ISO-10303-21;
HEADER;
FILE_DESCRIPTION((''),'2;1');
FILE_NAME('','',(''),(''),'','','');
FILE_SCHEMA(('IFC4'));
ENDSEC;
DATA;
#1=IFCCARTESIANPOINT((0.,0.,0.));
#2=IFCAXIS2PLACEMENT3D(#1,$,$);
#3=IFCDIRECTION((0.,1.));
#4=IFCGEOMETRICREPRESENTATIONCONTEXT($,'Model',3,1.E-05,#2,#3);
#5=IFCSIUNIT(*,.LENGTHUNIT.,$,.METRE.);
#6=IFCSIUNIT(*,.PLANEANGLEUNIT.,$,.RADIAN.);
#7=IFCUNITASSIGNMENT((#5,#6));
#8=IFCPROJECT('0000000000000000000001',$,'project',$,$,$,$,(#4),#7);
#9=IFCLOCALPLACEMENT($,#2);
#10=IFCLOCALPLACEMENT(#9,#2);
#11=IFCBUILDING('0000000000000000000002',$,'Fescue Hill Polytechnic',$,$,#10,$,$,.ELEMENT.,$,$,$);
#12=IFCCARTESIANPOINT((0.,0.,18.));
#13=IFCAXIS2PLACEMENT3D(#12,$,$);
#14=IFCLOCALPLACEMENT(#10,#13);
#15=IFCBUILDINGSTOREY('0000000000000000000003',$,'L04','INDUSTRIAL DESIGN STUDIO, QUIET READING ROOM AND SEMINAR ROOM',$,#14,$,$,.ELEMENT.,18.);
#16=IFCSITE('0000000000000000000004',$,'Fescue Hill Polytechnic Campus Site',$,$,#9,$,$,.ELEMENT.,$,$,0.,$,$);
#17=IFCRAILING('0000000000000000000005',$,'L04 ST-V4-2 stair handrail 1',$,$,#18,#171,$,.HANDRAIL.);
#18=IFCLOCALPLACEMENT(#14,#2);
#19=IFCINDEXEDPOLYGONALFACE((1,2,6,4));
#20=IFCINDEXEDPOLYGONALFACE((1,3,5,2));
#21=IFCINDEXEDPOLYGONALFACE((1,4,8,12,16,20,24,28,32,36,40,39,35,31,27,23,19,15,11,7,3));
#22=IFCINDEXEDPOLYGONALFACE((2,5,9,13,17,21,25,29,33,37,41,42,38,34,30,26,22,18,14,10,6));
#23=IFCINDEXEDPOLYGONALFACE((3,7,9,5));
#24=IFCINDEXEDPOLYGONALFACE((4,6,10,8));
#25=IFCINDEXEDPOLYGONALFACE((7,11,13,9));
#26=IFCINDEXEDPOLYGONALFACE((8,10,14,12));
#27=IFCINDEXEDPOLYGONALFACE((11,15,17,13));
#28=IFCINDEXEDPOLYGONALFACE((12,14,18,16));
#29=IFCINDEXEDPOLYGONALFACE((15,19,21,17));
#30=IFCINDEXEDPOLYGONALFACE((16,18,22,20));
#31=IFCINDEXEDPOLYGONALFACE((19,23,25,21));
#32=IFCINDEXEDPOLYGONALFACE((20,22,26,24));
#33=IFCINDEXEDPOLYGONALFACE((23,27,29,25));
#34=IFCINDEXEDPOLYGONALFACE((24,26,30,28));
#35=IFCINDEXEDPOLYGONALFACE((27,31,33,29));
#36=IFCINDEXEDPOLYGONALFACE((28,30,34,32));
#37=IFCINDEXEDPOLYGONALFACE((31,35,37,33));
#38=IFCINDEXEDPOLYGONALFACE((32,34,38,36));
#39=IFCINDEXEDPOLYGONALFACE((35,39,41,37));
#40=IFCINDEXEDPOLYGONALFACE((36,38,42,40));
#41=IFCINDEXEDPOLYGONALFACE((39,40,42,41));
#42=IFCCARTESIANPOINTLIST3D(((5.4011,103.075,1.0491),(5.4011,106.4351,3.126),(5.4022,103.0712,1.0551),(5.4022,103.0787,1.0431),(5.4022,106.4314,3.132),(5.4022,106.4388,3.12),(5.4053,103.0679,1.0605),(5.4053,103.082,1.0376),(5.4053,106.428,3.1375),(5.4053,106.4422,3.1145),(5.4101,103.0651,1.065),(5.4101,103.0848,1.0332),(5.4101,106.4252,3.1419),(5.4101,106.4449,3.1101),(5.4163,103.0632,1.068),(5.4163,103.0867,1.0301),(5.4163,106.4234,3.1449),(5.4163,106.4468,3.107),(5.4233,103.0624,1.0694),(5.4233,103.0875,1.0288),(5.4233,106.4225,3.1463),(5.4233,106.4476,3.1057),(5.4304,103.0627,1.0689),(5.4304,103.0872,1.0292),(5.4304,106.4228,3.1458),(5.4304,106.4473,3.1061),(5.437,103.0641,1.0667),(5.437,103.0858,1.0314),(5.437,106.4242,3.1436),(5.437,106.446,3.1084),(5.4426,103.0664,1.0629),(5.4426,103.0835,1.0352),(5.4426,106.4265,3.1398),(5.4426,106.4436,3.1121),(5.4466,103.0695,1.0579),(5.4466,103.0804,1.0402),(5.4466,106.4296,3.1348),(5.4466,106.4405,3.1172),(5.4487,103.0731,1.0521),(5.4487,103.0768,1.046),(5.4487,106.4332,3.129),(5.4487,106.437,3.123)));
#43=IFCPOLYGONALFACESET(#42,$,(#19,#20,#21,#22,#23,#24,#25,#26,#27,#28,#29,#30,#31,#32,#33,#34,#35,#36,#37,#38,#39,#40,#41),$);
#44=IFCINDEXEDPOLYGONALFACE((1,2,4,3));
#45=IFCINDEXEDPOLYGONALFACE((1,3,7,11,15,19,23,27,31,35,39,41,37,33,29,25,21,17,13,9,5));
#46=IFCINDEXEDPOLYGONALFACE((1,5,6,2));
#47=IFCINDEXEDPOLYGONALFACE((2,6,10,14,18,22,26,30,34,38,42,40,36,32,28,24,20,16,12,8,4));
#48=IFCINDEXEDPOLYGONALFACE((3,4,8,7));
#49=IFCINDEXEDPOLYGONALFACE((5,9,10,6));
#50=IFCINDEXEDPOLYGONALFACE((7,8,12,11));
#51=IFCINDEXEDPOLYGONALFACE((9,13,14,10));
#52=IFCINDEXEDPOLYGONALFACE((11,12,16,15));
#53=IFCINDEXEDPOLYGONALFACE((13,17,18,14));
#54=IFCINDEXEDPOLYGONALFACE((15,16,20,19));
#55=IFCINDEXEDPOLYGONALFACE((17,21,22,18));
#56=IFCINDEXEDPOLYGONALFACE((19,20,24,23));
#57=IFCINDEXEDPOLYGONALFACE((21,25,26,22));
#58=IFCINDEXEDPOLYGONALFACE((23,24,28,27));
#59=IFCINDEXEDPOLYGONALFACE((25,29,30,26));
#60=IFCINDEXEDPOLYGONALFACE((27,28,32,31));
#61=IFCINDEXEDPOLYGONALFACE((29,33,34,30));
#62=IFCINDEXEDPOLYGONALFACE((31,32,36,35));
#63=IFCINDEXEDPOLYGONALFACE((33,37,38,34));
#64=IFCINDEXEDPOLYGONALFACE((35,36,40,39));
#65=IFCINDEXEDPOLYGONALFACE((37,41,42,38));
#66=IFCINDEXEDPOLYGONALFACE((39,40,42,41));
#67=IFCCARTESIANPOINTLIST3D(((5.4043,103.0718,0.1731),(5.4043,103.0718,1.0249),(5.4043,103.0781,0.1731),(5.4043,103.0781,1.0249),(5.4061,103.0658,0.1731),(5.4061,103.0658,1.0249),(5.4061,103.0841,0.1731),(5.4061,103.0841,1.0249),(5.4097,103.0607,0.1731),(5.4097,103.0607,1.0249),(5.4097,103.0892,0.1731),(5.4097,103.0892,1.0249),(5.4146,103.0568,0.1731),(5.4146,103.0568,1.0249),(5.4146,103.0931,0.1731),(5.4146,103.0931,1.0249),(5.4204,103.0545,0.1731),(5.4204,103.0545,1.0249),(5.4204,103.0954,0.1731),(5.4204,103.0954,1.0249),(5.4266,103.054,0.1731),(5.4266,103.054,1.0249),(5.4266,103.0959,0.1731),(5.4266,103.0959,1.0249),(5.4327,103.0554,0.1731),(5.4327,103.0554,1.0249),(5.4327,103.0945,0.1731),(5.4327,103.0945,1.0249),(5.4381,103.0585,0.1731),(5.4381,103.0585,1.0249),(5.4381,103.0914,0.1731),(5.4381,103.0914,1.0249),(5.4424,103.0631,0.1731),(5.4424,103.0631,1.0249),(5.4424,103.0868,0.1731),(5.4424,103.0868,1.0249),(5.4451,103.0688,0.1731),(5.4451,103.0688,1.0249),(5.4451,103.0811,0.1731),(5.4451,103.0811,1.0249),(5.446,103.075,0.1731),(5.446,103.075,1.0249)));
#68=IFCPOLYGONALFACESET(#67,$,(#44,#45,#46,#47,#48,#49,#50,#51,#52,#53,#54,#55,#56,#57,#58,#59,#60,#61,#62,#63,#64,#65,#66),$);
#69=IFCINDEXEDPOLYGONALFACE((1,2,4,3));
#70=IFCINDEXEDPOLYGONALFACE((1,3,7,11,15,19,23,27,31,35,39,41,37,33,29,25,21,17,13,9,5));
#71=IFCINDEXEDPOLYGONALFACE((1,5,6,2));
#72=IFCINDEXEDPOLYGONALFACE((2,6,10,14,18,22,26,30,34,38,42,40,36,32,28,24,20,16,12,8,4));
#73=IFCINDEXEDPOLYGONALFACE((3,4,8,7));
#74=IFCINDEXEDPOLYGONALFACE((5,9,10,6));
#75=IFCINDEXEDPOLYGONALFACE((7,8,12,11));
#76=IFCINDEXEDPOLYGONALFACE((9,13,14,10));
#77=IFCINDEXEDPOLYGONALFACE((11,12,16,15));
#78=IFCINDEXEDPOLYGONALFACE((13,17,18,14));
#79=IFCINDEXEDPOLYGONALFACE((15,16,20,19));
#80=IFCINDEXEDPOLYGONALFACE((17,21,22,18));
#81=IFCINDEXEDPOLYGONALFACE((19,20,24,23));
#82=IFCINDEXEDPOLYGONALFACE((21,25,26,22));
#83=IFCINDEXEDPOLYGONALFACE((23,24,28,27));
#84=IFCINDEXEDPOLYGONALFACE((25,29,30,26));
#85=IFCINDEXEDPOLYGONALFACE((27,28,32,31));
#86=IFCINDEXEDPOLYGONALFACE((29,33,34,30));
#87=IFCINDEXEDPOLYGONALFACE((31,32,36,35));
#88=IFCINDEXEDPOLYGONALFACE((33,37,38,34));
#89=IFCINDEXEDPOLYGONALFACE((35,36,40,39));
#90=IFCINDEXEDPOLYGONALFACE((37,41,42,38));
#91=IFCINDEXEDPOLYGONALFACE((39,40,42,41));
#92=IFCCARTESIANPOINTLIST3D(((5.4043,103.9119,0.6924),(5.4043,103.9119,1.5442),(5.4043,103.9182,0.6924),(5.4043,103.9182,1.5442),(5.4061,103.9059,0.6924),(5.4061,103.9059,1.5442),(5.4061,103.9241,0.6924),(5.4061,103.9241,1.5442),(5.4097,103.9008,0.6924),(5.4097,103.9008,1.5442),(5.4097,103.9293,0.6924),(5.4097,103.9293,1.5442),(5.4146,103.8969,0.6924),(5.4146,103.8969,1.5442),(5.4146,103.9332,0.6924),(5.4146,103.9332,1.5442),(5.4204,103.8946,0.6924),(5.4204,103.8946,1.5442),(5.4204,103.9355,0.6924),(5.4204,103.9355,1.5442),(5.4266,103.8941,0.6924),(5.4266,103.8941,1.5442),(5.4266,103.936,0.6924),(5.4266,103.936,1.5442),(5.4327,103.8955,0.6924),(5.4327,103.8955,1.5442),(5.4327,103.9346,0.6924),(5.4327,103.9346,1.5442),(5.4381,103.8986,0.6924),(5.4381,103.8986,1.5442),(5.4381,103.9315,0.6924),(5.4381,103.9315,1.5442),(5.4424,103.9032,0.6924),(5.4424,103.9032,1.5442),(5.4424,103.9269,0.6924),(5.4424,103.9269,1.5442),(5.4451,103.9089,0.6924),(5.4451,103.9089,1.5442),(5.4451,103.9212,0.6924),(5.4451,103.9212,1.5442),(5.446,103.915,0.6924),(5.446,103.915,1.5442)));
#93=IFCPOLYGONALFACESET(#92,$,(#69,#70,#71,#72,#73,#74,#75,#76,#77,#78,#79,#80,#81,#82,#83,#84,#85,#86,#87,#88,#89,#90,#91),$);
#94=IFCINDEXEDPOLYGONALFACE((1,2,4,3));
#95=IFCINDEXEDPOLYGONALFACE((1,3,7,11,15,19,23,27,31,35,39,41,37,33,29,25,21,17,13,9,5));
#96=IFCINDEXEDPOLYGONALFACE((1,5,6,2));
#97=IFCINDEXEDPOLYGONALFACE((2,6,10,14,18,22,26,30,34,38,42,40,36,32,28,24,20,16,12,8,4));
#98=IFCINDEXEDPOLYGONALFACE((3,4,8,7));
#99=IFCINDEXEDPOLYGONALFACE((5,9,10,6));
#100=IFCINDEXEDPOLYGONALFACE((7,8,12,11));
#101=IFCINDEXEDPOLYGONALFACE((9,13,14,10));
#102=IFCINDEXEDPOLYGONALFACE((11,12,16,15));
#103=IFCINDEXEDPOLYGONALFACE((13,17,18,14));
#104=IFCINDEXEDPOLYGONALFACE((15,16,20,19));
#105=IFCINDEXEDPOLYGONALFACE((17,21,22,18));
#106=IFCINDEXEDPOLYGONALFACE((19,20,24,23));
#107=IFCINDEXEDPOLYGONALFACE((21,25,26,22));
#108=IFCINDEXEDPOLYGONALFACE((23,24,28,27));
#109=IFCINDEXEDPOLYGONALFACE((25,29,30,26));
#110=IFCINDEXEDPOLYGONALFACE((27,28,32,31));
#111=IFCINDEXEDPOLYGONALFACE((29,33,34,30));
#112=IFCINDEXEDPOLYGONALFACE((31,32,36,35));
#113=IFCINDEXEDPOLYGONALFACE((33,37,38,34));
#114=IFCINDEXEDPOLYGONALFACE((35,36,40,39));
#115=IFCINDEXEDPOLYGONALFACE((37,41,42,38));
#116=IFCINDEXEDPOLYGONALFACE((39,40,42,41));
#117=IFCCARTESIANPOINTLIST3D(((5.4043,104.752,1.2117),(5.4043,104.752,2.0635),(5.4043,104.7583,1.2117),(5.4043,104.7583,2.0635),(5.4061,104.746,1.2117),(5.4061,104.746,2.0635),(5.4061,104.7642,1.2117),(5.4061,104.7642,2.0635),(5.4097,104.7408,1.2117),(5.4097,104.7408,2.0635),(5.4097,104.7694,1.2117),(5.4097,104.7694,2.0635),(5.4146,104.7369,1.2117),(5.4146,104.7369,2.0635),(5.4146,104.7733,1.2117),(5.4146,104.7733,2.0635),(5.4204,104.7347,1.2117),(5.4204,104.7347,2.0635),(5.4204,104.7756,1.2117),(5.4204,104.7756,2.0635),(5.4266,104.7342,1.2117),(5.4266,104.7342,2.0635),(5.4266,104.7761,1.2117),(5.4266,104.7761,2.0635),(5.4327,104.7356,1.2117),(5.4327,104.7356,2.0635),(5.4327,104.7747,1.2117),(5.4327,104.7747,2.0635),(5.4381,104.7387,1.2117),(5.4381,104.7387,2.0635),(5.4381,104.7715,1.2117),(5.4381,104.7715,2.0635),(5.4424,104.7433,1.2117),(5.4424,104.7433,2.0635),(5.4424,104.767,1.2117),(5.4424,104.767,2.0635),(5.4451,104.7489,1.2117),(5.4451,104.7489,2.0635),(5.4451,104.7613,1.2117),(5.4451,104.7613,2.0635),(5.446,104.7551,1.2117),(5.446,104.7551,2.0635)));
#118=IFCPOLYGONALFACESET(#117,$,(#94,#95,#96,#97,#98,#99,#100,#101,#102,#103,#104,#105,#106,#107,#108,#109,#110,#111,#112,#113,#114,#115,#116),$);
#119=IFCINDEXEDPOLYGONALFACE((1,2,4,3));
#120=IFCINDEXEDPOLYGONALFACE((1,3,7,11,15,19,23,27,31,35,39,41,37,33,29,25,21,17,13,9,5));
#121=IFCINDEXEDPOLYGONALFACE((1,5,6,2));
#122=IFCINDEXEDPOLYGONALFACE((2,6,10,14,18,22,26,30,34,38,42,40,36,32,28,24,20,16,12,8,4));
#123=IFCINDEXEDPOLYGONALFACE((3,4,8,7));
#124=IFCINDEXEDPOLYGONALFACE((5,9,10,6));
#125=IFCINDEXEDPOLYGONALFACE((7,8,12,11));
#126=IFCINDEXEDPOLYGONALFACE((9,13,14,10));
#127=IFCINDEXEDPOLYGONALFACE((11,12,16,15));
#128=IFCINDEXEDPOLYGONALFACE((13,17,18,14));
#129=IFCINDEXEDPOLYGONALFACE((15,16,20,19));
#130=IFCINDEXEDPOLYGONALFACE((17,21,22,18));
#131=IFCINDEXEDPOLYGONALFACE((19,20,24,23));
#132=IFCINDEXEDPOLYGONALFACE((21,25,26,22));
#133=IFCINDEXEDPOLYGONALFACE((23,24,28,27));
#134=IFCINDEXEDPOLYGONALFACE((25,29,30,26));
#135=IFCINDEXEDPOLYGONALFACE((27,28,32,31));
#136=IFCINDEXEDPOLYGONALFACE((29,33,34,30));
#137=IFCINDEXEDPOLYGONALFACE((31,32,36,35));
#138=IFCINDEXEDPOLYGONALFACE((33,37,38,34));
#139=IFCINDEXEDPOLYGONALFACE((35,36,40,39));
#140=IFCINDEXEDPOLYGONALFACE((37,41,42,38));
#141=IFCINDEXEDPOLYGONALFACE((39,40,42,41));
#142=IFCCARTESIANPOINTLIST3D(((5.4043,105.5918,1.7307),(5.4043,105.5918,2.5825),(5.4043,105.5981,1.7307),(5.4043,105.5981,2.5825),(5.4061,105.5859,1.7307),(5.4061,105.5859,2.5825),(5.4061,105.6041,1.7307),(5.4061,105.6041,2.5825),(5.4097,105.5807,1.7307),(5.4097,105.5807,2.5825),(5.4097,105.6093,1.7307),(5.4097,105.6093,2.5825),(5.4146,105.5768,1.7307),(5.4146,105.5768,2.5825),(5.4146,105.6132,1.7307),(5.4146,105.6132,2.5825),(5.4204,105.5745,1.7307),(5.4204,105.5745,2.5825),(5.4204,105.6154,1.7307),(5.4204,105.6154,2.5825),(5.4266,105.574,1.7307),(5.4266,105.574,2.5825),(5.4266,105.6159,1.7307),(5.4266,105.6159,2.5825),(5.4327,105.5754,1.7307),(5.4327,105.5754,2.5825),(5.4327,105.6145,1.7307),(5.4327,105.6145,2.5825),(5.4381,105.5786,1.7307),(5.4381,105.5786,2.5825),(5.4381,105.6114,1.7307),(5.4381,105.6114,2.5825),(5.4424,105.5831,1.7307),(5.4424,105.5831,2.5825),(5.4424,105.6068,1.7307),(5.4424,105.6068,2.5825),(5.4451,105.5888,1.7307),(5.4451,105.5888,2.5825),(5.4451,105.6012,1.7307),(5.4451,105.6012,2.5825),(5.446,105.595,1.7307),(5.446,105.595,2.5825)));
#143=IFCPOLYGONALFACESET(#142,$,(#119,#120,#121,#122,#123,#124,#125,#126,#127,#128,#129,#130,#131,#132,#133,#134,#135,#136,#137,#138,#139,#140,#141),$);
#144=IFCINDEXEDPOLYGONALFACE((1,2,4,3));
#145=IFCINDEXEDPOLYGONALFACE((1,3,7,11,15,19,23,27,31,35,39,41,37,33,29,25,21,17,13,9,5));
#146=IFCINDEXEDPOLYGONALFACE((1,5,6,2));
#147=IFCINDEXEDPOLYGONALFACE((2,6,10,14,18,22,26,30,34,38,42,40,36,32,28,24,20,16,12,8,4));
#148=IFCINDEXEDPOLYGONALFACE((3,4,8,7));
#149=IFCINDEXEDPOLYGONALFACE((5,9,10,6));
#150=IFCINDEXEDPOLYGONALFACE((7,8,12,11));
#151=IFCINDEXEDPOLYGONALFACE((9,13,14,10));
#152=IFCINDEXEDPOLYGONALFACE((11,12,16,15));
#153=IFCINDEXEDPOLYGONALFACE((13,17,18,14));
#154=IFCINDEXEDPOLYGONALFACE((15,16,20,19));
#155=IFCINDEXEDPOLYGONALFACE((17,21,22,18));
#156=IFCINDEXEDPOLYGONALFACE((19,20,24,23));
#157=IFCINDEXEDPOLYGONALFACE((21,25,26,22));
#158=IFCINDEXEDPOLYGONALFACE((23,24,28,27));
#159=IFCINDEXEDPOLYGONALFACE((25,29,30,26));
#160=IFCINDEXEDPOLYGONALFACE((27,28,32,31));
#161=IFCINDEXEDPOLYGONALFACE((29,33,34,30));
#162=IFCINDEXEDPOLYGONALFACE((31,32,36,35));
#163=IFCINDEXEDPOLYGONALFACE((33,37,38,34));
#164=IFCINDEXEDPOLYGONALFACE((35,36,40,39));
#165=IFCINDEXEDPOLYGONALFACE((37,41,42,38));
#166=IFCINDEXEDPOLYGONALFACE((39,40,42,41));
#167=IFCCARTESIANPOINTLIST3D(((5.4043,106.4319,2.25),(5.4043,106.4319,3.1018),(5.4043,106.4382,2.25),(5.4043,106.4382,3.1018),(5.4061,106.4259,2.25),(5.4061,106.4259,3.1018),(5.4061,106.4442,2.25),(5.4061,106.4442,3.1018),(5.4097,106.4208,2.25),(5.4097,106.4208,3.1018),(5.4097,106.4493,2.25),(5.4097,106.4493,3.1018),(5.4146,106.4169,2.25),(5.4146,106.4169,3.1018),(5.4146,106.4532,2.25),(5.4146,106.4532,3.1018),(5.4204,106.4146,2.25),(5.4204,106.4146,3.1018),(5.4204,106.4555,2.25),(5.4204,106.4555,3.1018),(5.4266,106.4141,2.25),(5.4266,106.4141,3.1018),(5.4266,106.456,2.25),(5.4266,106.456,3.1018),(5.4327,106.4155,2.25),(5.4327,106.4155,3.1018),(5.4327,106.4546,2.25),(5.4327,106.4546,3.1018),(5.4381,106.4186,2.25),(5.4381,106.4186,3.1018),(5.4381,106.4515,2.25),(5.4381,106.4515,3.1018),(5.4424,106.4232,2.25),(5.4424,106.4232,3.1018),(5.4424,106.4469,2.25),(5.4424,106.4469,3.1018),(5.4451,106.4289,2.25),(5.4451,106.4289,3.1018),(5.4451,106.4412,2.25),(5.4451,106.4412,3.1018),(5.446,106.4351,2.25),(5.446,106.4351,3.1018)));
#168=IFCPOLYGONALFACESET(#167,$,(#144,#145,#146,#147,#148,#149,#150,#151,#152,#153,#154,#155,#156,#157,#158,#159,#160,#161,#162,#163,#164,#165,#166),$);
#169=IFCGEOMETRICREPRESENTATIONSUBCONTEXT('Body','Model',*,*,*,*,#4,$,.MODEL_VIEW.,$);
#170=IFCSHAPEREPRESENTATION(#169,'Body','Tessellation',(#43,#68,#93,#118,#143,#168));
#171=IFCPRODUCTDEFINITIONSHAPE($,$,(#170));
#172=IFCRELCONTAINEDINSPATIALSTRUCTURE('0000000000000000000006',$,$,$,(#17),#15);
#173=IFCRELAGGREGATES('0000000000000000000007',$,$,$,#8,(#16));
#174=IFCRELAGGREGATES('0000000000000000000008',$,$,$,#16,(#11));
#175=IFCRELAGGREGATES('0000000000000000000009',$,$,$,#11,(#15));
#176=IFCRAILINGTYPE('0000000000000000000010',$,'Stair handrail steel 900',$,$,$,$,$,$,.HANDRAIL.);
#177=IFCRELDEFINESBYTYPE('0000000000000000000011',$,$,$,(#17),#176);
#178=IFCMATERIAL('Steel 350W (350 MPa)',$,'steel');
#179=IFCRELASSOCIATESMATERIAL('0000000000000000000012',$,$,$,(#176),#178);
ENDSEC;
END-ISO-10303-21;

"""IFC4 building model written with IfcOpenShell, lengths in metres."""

from ifc_helpers import new_model, si_unit, direction, frame, origin, origin_2d, place, context, subcontext, project, spatial, circle, extrude, material, type_object, element, save


model = new_model("IFC4")

# Units and contexts
model_context = context("Model", 3, precision=1e-05, world=origin(), true_north=direction((0.0, 1.0)))
body_context = subcontext(model_context, "Body", "Model", "MODEL_VIEW")
ifc_project = project(units=[si_unit("LENGTHUNIT", "METRE"), si_unit("PLANEANGLEUNIT", "RADIAN")], contexts=[model_context])

# Site, building, storey
site_placement = place(None, origin())
site = spatial("IfcSite", under=ifc_project, at=site_placement, Name="Fescue Hill Polytechnic Campus Site", CompositionType="ELEMENT", RefElevation=0.0)
building_placement = place(site_placement, origin())
building = spatial("IfcBuilding", under=site, at=building_placement, Name="Fescue Hill Polytechnic", CompositionType="ELEMENT")
storey_placement = place(building_placement, frame((0.0, 0.0, 18.0)))
storey = spatial("IfcBuildingStorey", under=building, at=storey_placement, Name="L04", Description="INDUSTRIAL DESIGN STUDIO, QUIET READING ROOM AND SEMINAR ROOM", CompositionType="ELEMENT", Elevation=18.0)

# Railing
ifc_material_1 = material(Name="Steel 350W (350 MPa)", Category="steel")
railing_type = type_object("IfcRailingType", Name="Stair handrail steel 900", PredefinedType="HANDRAIL", material=ifc_material_1)
railing_placement = place(storey_placement, frame((5.425, 103.075, 0.1731)))
element("IfcRailing", 1, at=railing_placement, inside=storey, type_object=railing_type, Name="L04 ST-V4-2 stair handrail 1", PredefinedType="HANDRAIL", context=body_context, shape_type="SweptSolid", body=[
    extrude(circle(Radius=0.0239, at=origin_2d()), frame((0.0, 0.0, 0.876), z_axis=(0.0, 0.850623, 0.525776), x_axis=(-1.0, 0.0, 0.0)), (0.0, 0.0, 1.0), 3.9502),
    extrude(circle(Radius=0.021, at=origin_2d()), origin(), (0.0, 0.0, 1.0), 0.8518),
    extrude(circle(Radius=0.021, at=origin_2d()), frame((0.0, 0.8401, 0.5193)), (0.0, 0.0, 1.0), 0.8518),
    extrude(circle(Radius=0.021, at=origin_2d()), frame((0.0, 1.6802, 1.0386)), (0.0, 0.0, 1.0), 0.8518),
    extrude(circle(Radius=0.021, at=origin_2d()), frame((0.0, 2.52, 1.5576)), (0.0, 0.0, 1.0), 0.8518),
    extrude(circle(Radius=0.021, at=origin_2d()), frame((0.0, 3.3601, 2.0769)), (0.0, 0.0, 1.0), 0.8518),
])

save(model, "model.ifc")
